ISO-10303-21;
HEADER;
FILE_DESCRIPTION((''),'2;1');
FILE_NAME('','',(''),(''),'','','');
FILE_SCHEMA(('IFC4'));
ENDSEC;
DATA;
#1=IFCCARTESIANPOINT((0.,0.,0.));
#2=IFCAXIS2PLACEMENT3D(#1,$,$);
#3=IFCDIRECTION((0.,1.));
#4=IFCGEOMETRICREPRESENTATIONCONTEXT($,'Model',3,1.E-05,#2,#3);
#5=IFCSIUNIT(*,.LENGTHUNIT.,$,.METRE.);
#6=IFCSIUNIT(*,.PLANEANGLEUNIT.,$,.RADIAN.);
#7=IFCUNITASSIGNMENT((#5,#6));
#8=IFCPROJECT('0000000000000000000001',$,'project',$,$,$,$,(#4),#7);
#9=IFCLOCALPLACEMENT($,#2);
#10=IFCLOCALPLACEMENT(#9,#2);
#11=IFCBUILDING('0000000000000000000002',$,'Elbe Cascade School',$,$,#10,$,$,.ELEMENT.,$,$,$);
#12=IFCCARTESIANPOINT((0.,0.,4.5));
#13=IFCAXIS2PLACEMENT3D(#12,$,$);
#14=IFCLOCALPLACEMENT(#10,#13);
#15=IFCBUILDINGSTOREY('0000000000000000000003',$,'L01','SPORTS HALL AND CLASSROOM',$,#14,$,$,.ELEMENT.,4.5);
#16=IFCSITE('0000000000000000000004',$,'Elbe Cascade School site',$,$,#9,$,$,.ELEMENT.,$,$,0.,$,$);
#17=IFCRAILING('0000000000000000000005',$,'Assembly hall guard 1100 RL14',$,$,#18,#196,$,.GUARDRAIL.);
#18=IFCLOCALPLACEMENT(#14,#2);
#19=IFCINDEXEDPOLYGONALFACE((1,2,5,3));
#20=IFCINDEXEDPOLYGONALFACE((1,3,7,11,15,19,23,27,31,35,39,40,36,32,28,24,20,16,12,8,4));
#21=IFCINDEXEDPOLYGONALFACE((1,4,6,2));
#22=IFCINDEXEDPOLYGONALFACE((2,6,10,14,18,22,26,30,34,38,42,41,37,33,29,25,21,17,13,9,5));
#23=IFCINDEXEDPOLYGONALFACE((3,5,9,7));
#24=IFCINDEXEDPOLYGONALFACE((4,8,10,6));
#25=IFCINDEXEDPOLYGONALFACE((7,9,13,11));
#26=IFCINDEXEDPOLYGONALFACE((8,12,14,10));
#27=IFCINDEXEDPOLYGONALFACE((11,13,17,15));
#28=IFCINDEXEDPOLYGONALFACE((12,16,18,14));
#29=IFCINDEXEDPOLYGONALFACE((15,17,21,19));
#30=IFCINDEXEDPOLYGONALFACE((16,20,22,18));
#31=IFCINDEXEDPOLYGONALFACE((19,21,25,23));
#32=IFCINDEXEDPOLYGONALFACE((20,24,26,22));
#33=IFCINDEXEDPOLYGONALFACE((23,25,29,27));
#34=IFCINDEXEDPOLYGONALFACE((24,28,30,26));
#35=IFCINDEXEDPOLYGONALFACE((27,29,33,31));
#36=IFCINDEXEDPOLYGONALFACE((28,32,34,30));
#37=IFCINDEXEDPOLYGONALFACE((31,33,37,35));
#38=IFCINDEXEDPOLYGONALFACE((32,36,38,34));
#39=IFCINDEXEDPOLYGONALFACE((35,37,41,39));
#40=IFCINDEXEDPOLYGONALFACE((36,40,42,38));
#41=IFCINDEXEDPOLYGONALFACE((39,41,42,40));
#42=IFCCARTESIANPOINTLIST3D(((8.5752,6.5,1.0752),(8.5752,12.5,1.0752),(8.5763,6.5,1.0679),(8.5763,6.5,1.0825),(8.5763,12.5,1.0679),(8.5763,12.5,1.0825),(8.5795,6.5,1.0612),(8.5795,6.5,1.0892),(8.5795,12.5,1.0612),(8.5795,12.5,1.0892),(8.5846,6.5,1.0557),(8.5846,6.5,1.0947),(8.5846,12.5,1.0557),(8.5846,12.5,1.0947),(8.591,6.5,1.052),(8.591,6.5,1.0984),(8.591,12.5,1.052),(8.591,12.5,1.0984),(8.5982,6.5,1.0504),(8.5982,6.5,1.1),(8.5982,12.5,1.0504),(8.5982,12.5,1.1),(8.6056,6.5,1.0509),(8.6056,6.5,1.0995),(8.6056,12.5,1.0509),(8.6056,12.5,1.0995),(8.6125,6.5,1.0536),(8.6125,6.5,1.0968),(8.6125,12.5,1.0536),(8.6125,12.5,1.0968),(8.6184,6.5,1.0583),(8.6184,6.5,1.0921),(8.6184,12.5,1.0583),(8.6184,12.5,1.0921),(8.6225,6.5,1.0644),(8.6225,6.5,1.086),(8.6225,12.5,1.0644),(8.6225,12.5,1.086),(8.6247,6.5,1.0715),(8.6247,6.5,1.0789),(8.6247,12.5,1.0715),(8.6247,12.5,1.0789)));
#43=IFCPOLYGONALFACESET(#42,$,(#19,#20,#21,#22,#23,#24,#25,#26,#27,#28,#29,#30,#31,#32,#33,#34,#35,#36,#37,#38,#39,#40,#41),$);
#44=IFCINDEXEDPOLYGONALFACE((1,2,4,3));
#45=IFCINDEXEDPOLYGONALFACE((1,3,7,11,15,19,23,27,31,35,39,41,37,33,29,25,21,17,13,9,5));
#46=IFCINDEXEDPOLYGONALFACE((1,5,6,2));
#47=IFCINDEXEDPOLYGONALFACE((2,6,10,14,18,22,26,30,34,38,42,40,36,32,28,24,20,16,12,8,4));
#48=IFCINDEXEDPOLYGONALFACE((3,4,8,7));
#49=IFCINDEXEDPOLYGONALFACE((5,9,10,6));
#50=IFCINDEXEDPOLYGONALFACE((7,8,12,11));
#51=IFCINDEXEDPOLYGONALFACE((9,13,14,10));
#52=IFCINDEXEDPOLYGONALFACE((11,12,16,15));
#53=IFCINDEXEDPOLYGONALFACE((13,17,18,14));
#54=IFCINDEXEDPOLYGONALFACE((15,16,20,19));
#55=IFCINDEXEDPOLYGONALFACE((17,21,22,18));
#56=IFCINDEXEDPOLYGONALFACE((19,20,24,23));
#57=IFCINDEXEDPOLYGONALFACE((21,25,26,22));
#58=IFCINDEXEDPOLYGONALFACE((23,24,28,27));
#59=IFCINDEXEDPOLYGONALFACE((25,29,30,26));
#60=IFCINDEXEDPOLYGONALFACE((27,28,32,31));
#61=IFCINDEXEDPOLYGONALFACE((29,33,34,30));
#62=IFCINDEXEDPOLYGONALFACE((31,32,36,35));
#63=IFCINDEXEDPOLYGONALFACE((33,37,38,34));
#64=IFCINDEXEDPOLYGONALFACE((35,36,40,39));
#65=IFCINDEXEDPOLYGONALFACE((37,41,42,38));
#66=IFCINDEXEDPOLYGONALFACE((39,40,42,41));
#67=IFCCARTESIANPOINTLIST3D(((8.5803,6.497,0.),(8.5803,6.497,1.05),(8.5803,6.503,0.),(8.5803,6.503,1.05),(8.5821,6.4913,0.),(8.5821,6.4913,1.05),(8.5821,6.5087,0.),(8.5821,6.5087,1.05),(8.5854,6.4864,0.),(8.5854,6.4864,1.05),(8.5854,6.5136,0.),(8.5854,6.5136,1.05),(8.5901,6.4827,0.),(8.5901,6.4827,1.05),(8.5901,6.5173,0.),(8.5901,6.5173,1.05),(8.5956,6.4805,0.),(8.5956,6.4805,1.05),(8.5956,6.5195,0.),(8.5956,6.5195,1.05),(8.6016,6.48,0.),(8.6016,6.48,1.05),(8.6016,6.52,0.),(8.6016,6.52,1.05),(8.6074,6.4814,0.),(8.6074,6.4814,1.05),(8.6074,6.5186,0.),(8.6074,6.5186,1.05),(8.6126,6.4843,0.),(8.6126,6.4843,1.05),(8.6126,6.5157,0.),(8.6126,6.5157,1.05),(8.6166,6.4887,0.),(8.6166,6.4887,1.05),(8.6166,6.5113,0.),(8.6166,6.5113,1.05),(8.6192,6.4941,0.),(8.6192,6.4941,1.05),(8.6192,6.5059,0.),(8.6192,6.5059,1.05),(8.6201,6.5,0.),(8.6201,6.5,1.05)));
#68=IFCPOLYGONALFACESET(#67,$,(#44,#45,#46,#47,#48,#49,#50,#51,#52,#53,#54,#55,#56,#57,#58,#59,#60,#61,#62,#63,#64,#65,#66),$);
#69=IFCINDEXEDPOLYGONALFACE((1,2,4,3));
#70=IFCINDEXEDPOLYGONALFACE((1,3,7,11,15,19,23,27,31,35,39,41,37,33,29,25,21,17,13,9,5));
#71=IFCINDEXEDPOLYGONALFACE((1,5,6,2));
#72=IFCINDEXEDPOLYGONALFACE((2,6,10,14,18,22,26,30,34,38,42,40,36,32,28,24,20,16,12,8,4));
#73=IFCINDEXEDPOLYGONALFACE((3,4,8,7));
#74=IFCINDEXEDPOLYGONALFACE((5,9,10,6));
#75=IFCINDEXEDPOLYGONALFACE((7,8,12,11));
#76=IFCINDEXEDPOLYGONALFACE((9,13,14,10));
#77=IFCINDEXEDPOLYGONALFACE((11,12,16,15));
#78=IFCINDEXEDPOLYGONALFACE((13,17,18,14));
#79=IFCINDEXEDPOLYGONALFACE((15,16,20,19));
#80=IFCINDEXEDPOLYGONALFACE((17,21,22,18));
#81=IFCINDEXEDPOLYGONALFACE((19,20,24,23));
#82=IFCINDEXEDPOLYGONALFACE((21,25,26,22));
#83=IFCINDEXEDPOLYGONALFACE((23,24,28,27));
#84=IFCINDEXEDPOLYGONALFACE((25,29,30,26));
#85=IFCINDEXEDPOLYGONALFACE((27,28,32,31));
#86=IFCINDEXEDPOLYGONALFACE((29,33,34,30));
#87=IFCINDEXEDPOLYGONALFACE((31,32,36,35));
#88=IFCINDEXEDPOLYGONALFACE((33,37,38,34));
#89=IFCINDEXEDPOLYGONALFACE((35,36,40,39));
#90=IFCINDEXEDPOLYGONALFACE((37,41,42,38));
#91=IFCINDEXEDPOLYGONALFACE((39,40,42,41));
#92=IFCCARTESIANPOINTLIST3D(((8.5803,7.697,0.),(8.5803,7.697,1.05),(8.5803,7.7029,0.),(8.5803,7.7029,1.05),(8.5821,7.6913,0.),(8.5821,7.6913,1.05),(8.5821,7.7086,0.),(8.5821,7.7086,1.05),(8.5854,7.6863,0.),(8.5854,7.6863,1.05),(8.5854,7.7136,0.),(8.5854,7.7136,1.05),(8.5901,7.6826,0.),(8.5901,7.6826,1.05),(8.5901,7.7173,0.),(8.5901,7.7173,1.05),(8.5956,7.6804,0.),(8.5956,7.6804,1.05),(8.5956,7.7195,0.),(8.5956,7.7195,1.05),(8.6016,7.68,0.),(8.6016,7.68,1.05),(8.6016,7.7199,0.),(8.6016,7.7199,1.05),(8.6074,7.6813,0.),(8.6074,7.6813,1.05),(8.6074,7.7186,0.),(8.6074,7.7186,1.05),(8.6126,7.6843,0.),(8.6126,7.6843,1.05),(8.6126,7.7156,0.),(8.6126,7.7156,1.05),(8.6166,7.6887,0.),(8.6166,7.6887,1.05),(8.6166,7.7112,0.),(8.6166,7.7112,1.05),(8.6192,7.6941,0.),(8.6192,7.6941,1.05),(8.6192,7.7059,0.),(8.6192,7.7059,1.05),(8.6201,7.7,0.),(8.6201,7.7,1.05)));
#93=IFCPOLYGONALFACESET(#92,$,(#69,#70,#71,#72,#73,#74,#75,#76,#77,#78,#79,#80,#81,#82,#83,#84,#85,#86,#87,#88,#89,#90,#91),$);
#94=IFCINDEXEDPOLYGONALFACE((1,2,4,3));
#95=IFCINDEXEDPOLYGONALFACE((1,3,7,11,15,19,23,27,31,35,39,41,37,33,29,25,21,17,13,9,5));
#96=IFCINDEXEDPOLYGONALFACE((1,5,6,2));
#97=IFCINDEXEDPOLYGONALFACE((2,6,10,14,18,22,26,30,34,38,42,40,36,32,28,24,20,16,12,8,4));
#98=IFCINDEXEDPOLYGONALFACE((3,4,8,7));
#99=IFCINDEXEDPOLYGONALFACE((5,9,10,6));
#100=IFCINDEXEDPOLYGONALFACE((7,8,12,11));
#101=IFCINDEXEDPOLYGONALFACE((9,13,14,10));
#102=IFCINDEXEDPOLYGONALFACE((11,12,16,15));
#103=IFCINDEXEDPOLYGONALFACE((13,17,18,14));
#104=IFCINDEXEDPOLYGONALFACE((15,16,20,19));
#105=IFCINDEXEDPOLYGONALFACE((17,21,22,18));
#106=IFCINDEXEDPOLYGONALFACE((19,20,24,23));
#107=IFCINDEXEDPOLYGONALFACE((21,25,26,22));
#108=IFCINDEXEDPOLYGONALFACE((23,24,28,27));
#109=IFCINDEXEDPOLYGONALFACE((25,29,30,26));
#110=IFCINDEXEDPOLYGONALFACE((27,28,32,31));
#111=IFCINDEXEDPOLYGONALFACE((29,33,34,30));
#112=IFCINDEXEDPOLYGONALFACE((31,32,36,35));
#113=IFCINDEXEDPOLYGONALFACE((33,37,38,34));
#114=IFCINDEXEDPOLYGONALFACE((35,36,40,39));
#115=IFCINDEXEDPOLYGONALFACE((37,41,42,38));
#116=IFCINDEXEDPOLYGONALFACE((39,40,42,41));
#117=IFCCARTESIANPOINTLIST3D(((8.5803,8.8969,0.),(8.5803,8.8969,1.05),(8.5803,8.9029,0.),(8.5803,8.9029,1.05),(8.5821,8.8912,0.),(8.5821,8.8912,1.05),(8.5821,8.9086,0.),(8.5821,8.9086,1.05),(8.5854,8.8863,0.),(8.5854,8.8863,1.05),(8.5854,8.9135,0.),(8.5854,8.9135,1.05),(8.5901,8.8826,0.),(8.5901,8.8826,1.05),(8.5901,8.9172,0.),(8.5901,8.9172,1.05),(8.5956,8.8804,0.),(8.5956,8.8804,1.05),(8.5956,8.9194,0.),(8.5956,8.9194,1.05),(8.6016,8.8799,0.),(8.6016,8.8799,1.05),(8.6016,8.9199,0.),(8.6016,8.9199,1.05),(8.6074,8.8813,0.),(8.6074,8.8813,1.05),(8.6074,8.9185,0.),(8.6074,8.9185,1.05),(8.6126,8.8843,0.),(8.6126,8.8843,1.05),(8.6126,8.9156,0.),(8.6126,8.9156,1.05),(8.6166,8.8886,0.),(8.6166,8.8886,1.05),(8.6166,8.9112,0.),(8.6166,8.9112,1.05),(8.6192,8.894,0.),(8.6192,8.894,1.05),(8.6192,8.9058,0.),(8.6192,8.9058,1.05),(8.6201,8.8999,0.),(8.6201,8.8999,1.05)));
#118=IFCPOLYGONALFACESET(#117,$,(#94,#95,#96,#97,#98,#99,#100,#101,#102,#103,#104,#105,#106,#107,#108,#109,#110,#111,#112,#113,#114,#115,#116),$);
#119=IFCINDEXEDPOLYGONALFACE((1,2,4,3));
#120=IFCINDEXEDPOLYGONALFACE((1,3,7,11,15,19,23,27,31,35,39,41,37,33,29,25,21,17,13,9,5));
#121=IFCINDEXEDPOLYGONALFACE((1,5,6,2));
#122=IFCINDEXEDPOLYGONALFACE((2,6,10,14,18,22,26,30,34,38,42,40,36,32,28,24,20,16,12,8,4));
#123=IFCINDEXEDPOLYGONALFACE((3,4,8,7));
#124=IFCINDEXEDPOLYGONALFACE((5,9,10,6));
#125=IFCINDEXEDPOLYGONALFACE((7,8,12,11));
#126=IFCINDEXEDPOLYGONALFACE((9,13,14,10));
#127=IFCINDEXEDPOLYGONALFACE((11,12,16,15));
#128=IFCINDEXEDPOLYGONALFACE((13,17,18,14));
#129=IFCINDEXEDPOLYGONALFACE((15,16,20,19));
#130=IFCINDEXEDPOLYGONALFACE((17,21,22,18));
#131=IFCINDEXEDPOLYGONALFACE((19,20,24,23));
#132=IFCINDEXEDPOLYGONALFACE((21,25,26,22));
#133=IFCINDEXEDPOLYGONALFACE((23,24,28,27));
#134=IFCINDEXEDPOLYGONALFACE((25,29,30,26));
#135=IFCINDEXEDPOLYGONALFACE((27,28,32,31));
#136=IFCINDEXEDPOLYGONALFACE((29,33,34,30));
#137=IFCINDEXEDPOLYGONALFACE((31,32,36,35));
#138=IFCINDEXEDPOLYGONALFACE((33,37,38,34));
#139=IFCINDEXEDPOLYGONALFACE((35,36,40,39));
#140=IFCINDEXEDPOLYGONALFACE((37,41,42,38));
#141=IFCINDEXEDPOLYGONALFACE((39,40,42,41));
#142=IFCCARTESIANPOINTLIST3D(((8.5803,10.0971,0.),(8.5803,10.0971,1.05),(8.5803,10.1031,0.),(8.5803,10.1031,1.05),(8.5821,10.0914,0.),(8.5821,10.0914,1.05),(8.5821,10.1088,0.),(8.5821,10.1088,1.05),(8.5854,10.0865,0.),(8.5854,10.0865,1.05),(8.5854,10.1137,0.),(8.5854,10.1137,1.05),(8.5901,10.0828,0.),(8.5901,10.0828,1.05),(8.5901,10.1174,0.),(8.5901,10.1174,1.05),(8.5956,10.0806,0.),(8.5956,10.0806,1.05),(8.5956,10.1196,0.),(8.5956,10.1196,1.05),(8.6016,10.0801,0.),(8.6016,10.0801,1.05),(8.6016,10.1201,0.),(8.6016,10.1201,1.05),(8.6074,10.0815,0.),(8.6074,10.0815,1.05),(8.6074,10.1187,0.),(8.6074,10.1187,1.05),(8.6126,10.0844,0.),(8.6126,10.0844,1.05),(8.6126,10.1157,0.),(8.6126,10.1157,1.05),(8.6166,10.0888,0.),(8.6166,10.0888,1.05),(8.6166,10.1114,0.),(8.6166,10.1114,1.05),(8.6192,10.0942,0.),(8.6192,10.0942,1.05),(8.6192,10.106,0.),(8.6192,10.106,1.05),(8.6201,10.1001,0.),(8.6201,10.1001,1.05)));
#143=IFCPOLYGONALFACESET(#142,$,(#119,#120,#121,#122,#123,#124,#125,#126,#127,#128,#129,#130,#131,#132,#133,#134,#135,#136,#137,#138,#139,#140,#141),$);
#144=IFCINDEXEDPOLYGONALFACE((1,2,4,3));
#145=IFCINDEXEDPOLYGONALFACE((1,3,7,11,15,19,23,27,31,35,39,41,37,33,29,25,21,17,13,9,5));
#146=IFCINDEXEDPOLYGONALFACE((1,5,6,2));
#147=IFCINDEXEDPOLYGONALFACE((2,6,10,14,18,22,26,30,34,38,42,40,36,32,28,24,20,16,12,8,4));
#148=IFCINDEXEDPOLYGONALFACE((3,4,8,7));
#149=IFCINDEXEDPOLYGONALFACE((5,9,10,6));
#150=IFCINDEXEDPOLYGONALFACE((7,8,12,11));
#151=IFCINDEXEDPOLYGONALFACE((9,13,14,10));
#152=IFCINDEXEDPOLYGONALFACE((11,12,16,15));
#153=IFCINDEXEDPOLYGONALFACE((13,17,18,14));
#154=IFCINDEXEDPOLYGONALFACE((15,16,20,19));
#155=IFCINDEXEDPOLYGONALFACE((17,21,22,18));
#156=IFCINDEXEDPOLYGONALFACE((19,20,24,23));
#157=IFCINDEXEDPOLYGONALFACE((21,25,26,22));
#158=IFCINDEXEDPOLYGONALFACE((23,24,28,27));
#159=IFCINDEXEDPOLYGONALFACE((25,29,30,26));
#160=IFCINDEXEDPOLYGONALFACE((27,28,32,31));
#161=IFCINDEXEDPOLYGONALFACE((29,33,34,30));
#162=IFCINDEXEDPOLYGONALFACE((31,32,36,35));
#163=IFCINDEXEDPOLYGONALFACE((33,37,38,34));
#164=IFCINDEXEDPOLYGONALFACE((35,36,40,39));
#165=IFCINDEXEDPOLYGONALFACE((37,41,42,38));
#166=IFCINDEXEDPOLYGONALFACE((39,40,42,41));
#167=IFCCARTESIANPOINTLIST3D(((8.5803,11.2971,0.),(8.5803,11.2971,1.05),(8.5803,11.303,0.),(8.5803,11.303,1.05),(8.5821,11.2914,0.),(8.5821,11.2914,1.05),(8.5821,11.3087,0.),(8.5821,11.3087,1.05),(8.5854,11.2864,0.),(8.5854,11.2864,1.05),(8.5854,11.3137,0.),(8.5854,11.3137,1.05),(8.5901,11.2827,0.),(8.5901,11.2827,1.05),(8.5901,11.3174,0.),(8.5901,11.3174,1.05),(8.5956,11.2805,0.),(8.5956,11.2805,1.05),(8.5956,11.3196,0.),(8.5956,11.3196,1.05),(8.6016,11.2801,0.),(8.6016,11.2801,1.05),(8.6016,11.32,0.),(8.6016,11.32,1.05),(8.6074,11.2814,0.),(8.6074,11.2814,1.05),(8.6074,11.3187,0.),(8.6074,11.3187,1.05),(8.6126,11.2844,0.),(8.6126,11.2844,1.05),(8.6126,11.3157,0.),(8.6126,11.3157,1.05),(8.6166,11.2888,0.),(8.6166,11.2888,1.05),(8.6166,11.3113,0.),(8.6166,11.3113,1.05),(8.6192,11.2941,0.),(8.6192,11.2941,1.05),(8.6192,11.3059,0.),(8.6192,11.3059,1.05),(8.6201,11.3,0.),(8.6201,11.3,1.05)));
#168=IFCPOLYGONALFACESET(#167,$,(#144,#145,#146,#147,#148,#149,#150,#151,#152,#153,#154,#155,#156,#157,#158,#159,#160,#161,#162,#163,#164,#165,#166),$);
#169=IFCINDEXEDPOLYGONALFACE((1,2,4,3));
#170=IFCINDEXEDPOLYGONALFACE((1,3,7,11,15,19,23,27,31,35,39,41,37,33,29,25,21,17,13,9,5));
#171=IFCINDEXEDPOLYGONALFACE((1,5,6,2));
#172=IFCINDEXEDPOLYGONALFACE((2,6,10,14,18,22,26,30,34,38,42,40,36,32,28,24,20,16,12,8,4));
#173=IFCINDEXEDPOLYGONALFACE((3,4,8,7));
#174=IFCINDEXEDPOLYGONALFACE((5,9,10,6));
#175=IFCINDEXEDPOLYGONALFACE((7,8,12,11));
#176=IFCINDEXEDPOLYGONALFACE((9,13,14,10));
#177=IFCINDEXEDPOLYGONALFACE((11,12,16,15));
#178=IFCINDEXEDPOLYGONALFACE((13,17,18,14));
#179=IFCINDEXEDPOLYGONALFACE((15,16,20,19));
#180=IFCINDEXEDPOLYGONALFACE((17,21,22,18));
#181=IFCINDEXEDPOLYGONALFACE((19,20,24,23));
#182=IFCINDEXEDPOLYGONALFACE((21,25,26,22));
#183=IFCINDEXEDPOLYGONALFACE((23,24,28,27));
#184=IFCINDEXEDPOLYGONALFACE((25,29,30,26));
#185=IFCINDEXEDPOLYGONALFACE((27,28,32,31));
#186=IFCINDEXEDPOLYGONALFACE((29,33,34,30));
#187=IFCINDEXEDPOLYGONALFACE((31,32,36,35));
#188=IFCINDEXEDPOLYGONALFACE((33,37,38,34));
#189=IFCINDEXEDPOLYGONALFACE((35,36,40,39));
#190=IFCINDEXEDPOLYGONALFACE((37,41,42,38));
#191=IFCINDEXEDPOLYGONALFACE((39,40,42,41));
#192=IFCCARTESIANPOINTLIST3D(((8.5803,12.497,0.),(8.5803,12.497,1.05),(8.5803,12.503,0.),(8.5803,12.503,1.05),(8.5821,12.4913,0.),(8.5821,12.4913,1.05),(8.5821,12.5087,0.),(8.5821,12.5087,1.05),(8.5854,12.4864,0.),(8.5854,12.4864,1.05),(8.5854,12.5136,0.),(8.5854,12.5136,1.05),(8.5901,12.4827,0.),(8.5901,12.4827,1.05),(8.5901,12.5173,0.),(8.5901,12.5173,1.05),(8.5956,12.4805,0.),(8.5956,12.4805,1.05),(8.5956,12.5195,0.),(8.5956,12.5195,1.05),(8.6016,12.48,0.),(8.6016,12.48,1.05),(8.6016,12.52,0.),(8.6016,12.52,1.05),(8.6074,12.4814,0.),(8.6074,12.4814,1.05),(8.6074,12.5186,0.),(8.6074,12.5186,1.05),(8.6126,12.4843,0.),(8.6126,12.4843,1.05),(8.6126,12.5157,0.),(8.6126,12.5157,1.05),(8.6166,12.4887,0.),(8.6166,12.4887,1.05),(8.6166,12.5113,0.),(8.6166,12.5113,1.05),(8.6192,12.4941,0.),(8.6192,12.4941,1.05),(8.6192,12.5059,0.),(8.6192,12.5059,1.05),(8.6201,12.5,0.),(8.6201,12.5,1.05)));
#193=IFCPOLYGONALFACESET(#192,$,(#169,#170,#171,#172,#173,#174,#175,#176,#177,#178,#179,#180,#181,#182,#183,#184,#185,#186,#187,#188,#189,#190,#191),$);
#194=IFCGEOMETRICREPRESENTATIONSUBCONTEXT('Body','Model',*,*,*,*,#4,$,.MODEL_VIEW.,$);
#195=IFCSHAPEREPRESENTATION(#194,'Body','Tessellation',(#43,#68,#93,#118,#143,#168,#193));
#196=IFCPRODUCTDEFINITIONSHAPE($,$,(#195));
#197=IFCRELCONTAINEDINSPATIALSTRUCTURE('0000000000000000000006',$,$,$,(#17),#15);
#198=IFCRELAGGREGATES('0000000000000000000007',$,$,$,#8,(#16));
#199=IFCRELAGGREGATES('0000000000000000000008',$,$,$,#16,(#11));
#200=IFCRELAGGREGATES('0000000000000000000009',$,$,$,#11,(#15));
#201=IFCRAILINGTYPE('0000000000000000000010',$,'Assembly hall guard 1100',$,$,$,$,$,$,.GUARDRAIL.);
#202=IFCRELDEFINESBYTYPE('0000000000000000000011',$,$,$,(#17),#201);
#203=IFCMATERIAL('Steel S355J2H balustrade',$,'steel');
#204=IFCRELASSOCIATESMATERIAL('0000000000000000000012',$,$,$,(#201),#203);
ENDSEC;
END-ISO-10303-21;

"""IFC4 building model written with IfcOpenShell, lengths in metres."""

from ifc_helpers import new_model, si_unit, direction, frame, origin, origin_2d, place, context, subcontext, project, spatial, circle, extrude, material, type_object, element, save


model = new_model("IFC4")

# Units and contexts
model_context = context("Model", 3, precision=1e-05, world=origin(), true_north=direction((0.0, 1.0)))
body_context = subcontext(model_context, "Body", "Model", "MODEL_VIEW")
ifc_project = project(units=[si_unit("LENGTHUNIT", "METRE"), si_unit("PLANEANGLEUNIT", "RADIAN")], contexts=[model_context])

# Site, building, storey
site_placement = place(None, origin())
site = spatial("IfcSite", under=ifc_project, at=site_placement, Name="Elbe Cascade School site", CompositionType="ELEMENT", RefElevation=0.0)
building_placement = place(site_placement, origin())
building = spatial("IfcBuilding", under=site, at=building_placement, Name="Elbe Cascade School", CompositionType="ELEMENT")
storey_placement = place(building_placement, frame((0.0, 0.0, 4.5)))
storey = spatial("IfcBuildingStorey", under=building, at=storey_placement, Name="L01", Description="SPORTS HALL AND CLASSROOM", CompositionType="ELEMENT", Elevation=4.5)

# Railing
ifc_material_1 = material(Name="Steel S355J2H balustrade", Category="steel")
railing_type = type_object("IfcRailingType", Name="Assembly hall guard 1100", PredefinedType="GUARDRAIL", material=ifc_material_1)
for number, where, name in (
    (1, (8.6001, 6.5, 0.0), "Assembly hall guard 1100 RL14"),
):
    element("IfcRailing", number, at=place(storey_placement, frame(where)), inside=storey, type_object=railing_type, Name=name, PredefinedType="GUARDRAIL", context=body_context, shape_type="SweptSolid", body=[
        extrude(circle(Radius=0.0249, at=origin_2d()), frame((0.0, 0.0, 1.0752), z_axis=(0.0, 1.0, 0.0), x_axis=(-1.0, 0.0, 0.0)), (0.0, 0.0, 1.0), 6.0),
        extrude(circle(Radius=0.02, at=origin_2d()), origin(), (0.0, 0.0, 1.0), 1.05),
        extrude(circle(Radius=0.02, at=origin_2d()), frame((0.0, 1.2, 0.0)), (0.0, 0.0, 1.0), 1.05),
        extrude(circle(Radius=0.02, at=origin_2d()), frame((0.0, 2.3999, 0.0)), (0.0, 0.0, 1.0), 1.05),
        extrude(circle(Radius=0.02, at=origin_2d()), frame((0.0, 3.6001, 0.0)), (0.0, 0.0, 1.0), 1.05),
        extrude(circle(Radius=0.02, at=origin_2d()), frame((0.0, 4.8, 0.0)), (0.0, 0.0, 1.0), 1.05),
        extrude(circle(Radius=0.02, at=origin_2d()), frame((0.0, 6.0, 0.0)), (0.0, 0.0, 1.0), 1.05),
    ])

save(model, "model.ifc")
